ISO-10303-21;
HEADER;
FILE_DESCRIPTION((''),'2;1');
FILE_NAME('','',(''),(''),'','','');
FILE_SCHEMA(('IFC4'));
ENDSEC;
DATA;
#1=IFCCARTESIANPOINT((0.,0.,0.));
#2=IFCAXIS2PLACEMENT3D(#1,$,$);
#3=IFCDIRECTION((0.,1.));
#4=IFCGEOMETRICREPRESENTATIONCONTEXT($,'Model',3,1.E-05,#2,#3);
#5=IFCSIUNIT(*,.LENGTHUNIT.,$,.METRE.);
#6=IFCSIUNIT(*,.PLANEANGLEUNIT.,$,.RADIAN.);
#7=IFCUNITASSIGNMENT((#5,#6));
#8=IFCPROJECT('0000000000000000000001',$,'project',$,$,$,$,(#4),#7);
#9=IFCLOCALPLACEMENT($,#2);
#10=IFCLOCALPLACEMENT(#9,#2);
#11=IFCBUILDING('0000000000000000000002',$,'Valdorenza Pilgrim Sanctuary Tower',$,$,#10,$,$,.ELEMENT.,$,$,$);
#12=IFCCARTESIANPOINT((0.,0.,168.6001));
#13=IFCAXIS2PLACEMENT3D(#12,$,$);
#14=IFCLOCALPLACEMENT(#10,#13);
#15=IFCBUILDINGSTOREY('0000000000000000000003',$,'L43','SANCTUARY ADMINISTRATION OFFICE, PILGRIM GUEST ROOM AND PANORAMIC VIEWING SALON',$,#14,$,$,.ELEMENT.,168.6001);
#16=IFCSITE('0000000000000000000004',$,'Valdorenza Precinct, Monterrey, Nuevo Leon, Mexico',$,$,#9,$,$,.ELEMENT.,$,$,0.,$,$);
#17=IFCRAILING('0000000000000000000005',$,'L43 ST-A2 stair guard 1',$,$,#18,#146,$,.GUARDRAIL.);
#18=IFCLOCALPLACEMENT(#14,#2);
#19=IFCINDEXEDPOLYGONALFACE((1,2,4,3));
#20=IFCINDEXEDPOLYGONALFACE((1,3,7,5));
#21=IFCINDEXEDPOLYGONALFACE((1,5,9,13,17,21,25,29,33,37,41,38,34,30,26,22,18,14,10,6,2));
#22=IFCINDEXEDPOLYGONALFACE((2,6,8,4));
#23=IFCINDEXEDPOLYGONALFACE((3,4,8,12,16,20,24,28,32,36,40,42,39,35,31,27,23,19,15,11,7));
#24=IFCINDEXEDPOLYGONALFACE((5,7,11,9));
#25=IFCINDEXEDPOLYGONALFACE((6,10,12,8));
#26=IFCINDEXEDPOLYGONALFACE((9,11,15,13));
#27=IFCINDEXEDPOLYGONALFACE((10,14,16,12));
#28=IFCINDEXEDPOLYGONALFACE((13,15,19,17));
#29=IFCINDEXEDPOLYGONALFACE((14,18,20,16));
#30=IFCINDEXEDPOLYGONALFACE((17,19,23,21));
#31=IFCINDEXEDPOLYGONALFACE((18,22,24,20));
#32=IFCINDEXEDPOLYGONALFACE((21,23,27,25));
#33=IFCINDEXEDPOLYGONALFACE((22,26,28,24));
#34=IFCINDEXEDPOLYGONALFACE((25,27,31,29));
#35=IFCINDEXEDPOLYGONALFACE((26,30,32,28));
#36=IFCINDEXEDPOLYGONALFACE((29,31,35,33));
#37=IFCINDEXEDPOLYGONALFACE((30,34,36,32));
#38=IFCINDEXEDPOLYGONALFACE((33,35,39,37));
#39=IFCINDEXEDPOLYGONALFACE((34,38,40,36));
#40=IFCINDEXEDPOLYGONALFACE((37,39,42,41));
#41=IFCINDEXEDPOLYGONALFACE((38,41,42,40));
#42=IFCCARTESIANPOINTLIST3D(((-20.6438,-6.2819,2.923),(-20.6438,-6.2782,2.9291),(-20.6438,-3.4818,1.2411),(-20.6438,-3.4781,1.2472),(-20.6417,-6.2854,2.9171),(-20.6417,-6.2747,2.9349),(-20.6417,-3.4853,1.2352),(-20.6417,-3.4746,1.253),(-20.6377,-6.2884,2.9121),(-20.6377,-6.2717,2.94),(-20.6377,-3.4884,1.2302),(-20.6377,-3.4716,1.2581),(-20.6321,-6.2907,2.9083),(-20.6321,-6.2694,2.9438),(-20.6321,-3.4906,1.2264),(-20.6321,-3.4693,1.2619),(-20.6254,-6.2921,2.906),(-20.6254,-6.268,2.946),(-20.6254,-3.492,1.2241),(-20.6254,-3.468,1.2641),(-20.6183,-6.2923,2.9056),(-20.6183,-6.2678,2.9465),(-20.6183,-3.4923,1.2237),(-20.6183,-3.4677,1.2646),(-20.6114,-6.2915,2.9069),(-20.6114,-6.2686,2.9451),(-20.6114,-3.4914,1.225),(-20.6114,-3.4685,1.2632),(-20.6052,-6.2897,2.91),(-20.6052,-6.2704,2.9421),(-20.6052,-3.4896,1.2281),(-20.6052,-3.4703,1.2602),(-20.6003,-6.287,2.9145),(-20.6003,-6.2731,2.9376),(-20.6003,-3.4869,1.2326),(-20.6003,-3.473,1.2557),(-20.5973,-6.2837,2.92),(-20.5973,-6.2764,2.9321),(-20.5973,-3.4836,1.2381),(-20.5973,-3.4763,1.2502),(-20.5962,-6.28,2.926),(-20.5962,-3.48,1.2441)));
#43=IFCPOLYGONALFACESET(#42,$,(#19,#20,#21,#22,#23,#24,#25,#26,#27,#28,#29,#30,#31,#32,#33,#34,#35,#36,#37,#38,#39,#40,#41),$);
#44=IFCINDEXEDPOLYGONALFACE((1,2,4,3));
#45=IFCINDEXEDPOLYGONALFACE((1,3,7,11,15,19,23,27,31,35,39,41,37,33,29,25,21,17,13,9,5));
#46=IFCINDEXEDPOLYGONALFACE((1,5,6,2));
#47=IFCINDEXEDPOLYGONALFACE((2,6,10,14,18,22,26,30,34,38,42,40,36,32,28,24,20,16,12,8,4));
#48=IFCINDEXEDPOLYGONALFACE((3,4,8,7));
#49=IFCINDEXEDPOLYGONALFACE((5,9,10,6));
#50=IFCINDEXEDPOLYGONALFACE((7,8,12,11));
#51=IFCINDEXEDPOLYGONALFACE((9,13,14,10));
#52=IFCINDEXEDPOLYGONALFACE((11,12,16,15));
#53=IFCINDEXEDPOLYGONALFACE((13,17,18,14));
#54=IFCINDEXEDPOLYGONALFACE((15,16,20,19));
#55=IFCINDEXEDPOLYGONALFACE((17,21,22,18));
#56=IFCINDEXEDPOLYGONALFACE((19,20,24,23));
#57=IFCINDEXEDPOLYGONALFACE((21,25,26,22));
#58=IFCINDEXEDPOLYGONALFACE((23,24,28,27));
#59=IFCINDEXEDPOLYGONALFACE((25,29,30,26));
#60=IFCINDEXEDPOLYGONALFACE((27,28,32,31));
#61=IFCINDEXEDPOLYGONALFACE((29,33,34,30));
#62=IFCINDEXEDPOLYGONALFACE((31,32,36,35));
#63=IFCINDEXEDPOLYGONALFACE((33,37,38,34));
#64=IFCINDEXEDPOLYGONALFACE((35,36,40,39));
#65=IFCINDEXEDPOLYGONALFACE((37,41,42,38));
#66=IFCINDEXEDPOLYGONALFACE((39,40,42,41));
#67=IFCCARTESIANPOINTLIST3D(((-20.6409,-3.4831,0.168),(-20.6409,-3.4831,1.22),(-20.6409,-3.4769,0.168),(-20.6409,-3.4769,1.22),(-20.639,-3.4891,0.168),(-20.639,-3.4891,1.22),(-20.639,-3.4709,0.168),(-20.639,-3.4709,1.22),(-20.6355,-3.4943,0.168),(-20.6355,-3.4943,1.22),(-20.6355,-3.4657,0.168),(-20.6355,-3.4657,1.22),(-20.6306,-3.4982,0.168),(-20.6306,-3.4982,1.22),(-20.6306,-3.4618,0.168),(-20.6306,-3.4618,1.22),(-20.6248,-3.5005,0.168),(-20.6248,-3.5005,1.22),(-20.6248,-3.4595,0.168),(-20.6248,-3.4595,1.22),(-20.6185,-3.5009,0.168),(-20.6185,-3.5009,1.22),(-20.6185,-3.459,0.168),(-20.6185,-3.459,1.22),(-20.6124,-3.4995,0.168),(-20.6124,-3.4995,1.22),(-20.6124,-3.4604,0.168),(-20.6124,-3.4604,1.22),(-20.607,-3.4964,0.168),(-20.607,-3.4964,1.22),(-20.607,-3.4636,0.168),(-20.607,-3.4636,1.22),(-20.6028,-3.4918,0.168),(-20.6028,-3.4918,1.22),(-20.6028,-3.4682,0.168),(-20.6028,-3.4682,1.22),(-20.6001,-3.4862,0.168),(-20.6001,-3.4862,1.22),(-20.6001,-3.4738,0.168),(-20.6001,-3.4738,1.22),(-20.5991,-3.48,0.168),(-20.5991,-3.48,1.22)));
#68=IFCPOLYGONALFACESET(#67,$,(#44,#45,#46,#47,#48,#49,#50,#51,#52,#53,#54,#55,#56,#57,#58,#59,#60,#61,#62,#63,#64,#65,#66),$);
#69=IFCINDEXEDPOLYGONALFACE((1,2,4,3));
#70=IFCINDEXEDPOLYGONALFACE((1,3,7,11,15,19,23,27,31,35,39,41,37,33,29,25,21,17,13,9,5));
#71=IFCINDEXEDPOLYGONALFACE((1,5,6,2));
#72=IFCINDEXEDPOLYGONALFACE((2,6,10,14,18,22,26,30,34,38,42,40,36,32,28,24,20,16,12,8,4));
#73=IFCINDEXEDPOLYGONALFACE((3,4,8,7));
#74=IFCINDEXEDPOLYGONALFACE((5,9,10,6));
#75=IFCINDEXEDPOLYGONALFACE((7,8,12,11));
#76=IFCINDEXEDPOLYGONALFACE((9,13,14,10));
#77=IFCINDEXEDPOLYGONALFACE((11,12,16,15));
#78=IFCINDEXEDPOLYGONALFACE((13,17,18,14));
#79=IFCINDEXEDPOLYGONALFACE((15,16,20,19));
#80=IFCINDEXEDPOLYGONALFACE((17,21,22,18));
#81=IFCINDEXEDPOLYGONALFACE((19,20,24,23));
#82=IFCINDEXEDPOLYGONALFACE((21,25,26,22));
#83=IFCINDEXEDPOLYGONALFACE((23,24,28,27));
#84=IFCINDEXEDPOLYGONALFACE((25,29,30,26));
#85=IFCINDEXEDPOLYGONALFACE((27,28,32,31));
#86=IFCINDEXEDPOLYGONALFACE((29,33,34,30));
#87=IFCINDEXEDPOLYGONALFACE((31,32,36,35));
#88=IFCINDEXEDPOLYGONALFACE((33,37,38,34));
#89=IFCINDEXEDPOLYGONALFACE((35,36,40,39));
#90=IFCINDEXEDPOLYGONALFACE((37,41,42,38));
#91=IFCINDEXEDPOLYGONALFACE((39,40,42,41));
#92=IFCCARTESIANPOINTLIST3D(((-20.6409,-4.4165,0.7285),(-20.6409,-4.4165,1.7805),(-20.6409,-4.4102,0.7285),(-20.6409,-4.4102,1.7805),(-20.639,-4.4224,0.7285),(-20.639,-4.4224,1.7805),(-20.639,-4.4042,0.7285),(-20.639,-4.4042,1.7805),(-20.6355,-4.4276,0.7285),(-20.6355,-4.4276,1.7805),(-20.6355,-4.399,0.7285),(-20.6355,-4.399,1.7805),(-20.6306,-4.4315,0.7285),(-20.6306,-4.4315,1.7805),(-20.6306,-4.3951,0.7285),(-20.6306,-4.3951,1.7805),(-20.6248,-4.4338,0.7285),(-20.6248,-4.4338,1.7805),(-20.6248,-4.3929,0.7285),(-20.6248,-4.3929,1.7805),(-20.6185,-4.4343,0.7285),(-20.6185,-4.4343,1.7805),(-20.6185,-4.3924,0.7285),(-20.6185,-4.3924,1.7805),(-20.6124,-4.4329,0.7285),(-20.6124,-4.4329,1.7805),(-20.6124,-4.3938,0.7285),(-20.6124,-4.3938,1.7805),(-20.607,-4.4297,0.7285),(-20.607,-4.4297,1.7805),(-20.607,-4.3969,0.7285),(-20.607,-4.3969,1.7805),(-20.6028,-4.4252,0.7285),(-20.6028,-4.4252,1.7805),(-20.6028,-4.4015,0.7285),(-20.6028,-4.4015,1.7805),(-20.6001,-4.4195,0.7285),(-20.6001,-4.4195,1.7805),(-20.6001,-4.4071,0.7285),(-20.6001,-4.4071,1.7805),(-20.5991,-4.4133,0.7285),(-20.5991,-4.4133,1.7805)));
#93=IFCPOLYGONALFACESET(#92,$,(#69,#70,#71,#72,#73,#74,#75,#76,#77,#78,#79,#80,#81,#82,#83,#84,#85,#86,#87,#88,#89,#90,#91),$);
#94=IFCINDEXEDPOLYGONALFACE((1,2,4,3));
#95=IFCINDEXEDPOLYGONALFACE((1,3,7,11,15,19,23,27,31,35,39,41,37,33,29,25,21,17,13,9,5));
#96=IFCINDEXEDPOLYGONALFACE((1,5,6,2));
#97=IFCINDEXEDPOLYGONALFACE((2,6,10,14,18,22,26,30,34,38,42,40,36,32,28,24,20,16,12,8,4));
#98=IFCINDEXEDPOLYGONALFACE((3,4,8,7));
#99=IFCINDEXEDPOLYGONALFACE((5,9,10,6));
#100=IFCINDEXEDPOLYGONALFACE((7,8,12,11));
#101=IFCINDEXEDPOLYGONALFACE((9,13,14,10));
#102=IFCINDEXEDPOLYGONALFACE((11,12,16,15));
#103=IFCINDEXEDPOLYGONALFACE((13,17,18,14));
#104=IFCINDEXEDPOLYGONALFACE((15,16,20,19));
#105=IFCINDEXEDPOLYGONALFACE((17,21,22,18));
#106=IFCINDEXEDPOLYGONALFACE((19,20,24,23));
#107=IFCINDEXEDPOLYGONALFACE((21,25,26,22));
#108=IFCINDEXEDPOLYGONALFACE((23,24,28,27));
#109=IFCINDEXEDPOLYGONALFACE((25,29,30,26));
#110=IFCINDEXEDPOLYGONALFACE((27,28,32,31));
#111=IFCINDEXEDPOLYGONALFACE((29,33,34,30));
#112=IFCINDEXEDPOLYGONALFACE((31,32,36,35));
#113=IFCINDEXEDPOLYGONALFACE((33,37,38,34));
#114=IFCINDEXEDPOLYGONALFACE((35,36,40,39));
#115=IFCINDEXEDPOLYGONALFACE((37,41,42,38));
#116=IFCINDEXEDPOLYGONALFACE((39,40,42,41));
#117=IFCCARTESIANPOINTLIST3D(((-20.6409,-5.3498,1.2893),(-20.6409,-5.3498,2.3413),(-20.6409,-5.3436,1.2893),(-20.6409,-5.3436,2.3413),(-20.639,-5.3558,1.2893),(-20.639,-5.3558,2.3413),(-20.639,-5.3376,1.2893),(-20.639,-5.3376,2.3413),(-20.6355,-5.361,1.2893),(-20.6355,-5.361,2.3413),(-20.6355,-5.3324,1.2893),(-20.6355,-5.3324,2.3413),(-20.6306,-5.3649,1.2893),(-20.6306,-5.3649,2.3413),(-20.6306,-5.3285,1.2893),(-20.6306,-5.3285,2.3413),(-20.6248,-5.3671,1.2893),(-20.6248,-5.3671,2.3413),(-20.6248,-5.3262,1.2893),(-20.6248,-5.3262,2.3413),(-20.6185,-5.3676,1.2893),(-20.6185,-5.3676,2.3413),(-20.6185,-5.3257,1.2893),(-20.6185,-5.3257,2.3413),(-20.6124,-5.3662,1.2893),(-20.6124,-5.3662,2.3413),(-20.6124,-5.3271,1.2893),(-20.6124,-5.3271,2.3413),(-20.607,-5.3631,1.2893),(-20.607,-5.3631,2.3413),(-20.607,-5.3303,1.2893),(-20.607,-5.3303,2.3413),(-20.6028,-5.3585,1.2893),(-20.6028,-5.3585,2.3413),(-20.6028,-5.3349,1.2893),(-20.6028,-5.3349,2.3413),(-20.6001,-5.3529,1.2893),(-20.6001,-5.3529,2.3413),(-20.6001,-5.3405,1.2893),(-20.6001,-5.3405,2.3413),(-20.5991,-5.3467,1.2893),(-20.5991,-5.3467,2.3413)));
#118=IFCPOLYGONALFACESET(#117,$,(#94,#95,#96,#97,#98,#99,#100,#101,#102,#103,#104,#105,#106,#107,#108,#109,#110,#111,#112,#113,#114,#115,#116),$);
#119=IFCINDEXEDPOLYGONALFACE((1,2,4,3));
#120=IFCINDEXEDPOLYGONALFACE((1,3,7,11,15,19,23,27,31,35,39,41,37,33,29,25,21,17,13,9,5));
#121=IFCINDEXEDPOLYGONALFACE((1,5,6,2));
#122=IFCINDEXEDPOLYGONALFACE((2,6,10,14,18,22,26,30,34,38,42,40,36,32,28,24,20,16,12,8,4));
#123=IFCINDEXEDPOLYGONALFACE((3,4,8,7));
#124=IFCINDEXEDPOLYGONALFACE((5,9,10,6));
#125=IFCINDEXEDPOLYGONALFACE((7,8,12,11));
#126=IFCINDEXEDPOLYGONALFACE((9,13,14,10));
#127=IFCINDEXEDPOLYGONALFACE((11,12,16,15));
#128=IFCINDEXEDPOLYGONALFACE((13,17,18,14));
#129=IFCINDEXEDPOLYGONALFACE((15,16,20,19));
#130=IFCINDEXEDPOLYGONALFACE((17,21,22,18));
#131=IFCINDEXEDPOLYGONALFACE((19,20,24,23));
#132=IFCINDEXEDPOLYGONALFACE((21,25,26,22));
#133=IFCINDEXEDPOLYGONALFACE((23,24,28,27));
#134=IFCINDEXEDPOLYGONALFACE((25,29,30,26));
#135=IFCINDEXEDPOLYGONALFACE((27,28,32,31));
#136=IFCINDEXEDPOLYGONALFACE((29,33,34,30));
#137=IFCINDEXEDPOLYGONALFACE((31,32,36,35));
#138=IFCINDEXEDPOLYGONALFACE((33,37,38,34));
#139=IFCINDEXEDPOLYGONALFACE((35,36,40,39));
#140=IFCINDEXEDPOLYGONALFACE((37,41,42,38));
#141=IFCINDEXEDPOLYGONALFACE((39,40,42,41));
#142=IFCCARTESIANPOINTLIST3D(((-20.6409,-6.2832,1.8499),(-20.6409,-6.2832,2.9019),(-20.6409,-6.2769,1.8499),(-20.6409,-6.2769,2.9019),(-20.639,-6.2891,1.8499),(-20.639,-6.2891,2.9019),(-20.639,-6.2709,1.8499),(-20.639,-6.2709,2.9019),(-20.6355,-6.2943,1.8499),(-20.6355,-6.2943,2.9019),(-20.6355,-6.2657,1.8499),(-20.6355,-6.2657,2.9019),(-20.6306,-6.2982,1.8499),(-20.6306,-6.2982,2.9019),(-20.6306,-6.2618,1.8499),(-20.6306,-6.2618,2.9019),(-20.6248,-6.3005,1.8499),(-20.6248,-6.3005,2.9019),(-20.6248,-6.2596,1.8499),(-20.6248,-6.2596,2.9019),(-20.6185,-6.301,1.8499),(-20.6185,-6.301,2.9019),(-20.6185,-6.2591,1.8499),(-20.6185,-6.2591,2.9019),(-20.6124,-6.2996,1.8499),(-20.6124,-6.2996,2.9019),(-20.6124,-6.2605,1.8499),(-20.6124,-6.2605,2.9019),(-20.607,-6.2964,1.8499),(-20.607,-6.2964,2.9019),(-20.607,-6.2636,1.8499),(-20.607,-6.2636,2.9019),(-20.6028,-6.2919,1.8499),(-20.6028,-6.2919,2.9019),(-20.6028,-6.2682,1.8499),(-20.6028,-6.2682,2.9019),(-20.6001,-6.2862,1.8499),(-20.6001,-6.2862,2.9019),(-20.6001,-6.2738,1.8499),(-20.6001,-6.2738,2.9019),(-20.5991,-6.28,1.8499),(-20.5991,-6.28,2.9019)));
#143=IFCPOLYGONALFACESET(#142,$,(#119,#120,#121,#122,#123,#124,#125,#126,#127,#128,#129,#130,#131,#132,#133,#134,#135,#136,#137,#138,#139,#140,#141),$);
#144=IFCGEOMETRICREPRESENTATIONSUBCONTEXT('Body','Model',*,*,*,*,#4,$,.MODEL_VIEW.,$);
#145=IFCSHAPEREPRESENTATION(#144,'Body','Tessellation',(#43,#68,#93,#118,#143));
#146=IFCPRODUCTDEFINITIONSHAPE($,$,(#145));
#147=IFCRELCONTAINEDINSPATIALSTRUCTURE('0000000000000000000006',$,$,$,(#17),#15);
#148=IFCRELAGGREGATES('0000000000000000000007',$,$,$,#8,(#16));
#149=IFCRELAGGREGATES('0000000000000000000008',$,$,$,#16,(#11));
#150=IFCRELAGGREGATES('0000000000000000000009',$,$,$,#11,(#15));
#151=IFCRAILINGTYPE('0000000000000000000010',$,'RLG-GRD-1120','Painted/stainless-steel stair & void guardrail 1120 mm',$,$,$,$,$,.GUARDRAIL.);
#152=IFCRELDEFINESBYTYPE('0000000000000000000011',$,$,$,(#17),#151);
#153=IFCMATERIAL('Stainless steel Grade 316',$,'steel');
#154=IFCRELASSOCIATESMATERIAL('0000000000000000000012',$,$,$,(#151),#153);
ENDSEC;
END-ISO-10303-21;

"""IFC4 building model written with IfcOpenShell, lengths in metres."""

from ifc_helpers import new_model, si_unit, direction, frame, origin, origin_2d, place, context, subcontext, project, spatial, circle, extrude, material, type_object, element, save


model = new_model("IFC4")

# Units and contexts
model_context = context("Model", 3, precision=1e-05, world=origin(), true_north=direction((0.0, 1.0)))
body_context = subcontext(model_context, "Body", "Model", "MODEL_VIEW")
ifc_project = project(units=[si_unit("LENGTHUNIT", "METRE"), si_unit("PLANEANGLEUNIT", "RADIAN")], contexts=[model_context])

# Site, building, storey
site_placement = place(None, origin())
site = spatial("IfcSite", under=ifc_project, at=site_placement, Name="Valdorenza Precinct, Monterrey, Nuevo Leon, Mexico", CompositionType="ELEMENT", RefElevation=0.0)
building_placement = place(site_placement, origin())
building = spatial("IfcBuilding", under=site, at=building_placement, Name="Valdorenza Pilgrim Sanctuary Tower", CompositionType="ELEMENT")
storey_placement = place(building_placement, frame((0.0, 0.0, 168.6001)))
storey = spatial("IfcBuildingStorey", under=building, at=storey_placement, Name="L43", Description="SANCTUARY ADMINISTRATION OFFICE, PILGRIM GUEST ROOM AND PANORAMIC VIEWING SALON", CompositionType="ELEMENT", Elevation=168.6001)

# Railing
ifc_material_1 = material(Name="Stainless steel Grade 316", Category="steel")
railing_type_1 = type_object("IfcRailingType", Name="RLG-GRD-1120", Description="Painted/stainless-steel stair & void guardrail 1120 mm", PredefinedType="GUARDRAIL", material=ifc_material_1)
railing_1_placement = place(storey_placement, frame((-20.6201, -3.48, 0.168)))
element("IfcRailing", 1, at=railing_1_placement, inside=storey, type_object=railing_type_1, Name="L43 ST-A2 stair guard 1", PredefinedType="GUARDRAIL", context=body_context, shape_type="SweptSolid", body=[
    extrude(circle(Radius=0.0239, at=origin_2d()), frame((0.0, 0.0, 1.0762), z_axis=(0.0, -0.857242, 0.514913), x_axis=(1.0, 0.0, 0.0)), (0.0, 0.0, 1.0), 3.2664),
    extrude(circle(Radius=0.021, at=origin_2d()), origin(), (0.0, 0.0, 1.0), 1.052),
    extrude(circle(Radius=0.021, at=origin_2d()), frame((0.0, -0.9333, 0.5605)), (0.0, 0.0, 1.0), 1.052),
    extrude(circle(Radius=0.021, at=origin_2d()), frame((0.0, -1.8667, 1.1213)), (0.0, 0.0, 1.0), 1.052),
    extrude(circle(Radius=0.021, at=origin_2d()), frame((0.0, -2.8, 1.6819)), (0.0, 0.0, 1.0), 1.052),
])

save(model, "model.ifc")
